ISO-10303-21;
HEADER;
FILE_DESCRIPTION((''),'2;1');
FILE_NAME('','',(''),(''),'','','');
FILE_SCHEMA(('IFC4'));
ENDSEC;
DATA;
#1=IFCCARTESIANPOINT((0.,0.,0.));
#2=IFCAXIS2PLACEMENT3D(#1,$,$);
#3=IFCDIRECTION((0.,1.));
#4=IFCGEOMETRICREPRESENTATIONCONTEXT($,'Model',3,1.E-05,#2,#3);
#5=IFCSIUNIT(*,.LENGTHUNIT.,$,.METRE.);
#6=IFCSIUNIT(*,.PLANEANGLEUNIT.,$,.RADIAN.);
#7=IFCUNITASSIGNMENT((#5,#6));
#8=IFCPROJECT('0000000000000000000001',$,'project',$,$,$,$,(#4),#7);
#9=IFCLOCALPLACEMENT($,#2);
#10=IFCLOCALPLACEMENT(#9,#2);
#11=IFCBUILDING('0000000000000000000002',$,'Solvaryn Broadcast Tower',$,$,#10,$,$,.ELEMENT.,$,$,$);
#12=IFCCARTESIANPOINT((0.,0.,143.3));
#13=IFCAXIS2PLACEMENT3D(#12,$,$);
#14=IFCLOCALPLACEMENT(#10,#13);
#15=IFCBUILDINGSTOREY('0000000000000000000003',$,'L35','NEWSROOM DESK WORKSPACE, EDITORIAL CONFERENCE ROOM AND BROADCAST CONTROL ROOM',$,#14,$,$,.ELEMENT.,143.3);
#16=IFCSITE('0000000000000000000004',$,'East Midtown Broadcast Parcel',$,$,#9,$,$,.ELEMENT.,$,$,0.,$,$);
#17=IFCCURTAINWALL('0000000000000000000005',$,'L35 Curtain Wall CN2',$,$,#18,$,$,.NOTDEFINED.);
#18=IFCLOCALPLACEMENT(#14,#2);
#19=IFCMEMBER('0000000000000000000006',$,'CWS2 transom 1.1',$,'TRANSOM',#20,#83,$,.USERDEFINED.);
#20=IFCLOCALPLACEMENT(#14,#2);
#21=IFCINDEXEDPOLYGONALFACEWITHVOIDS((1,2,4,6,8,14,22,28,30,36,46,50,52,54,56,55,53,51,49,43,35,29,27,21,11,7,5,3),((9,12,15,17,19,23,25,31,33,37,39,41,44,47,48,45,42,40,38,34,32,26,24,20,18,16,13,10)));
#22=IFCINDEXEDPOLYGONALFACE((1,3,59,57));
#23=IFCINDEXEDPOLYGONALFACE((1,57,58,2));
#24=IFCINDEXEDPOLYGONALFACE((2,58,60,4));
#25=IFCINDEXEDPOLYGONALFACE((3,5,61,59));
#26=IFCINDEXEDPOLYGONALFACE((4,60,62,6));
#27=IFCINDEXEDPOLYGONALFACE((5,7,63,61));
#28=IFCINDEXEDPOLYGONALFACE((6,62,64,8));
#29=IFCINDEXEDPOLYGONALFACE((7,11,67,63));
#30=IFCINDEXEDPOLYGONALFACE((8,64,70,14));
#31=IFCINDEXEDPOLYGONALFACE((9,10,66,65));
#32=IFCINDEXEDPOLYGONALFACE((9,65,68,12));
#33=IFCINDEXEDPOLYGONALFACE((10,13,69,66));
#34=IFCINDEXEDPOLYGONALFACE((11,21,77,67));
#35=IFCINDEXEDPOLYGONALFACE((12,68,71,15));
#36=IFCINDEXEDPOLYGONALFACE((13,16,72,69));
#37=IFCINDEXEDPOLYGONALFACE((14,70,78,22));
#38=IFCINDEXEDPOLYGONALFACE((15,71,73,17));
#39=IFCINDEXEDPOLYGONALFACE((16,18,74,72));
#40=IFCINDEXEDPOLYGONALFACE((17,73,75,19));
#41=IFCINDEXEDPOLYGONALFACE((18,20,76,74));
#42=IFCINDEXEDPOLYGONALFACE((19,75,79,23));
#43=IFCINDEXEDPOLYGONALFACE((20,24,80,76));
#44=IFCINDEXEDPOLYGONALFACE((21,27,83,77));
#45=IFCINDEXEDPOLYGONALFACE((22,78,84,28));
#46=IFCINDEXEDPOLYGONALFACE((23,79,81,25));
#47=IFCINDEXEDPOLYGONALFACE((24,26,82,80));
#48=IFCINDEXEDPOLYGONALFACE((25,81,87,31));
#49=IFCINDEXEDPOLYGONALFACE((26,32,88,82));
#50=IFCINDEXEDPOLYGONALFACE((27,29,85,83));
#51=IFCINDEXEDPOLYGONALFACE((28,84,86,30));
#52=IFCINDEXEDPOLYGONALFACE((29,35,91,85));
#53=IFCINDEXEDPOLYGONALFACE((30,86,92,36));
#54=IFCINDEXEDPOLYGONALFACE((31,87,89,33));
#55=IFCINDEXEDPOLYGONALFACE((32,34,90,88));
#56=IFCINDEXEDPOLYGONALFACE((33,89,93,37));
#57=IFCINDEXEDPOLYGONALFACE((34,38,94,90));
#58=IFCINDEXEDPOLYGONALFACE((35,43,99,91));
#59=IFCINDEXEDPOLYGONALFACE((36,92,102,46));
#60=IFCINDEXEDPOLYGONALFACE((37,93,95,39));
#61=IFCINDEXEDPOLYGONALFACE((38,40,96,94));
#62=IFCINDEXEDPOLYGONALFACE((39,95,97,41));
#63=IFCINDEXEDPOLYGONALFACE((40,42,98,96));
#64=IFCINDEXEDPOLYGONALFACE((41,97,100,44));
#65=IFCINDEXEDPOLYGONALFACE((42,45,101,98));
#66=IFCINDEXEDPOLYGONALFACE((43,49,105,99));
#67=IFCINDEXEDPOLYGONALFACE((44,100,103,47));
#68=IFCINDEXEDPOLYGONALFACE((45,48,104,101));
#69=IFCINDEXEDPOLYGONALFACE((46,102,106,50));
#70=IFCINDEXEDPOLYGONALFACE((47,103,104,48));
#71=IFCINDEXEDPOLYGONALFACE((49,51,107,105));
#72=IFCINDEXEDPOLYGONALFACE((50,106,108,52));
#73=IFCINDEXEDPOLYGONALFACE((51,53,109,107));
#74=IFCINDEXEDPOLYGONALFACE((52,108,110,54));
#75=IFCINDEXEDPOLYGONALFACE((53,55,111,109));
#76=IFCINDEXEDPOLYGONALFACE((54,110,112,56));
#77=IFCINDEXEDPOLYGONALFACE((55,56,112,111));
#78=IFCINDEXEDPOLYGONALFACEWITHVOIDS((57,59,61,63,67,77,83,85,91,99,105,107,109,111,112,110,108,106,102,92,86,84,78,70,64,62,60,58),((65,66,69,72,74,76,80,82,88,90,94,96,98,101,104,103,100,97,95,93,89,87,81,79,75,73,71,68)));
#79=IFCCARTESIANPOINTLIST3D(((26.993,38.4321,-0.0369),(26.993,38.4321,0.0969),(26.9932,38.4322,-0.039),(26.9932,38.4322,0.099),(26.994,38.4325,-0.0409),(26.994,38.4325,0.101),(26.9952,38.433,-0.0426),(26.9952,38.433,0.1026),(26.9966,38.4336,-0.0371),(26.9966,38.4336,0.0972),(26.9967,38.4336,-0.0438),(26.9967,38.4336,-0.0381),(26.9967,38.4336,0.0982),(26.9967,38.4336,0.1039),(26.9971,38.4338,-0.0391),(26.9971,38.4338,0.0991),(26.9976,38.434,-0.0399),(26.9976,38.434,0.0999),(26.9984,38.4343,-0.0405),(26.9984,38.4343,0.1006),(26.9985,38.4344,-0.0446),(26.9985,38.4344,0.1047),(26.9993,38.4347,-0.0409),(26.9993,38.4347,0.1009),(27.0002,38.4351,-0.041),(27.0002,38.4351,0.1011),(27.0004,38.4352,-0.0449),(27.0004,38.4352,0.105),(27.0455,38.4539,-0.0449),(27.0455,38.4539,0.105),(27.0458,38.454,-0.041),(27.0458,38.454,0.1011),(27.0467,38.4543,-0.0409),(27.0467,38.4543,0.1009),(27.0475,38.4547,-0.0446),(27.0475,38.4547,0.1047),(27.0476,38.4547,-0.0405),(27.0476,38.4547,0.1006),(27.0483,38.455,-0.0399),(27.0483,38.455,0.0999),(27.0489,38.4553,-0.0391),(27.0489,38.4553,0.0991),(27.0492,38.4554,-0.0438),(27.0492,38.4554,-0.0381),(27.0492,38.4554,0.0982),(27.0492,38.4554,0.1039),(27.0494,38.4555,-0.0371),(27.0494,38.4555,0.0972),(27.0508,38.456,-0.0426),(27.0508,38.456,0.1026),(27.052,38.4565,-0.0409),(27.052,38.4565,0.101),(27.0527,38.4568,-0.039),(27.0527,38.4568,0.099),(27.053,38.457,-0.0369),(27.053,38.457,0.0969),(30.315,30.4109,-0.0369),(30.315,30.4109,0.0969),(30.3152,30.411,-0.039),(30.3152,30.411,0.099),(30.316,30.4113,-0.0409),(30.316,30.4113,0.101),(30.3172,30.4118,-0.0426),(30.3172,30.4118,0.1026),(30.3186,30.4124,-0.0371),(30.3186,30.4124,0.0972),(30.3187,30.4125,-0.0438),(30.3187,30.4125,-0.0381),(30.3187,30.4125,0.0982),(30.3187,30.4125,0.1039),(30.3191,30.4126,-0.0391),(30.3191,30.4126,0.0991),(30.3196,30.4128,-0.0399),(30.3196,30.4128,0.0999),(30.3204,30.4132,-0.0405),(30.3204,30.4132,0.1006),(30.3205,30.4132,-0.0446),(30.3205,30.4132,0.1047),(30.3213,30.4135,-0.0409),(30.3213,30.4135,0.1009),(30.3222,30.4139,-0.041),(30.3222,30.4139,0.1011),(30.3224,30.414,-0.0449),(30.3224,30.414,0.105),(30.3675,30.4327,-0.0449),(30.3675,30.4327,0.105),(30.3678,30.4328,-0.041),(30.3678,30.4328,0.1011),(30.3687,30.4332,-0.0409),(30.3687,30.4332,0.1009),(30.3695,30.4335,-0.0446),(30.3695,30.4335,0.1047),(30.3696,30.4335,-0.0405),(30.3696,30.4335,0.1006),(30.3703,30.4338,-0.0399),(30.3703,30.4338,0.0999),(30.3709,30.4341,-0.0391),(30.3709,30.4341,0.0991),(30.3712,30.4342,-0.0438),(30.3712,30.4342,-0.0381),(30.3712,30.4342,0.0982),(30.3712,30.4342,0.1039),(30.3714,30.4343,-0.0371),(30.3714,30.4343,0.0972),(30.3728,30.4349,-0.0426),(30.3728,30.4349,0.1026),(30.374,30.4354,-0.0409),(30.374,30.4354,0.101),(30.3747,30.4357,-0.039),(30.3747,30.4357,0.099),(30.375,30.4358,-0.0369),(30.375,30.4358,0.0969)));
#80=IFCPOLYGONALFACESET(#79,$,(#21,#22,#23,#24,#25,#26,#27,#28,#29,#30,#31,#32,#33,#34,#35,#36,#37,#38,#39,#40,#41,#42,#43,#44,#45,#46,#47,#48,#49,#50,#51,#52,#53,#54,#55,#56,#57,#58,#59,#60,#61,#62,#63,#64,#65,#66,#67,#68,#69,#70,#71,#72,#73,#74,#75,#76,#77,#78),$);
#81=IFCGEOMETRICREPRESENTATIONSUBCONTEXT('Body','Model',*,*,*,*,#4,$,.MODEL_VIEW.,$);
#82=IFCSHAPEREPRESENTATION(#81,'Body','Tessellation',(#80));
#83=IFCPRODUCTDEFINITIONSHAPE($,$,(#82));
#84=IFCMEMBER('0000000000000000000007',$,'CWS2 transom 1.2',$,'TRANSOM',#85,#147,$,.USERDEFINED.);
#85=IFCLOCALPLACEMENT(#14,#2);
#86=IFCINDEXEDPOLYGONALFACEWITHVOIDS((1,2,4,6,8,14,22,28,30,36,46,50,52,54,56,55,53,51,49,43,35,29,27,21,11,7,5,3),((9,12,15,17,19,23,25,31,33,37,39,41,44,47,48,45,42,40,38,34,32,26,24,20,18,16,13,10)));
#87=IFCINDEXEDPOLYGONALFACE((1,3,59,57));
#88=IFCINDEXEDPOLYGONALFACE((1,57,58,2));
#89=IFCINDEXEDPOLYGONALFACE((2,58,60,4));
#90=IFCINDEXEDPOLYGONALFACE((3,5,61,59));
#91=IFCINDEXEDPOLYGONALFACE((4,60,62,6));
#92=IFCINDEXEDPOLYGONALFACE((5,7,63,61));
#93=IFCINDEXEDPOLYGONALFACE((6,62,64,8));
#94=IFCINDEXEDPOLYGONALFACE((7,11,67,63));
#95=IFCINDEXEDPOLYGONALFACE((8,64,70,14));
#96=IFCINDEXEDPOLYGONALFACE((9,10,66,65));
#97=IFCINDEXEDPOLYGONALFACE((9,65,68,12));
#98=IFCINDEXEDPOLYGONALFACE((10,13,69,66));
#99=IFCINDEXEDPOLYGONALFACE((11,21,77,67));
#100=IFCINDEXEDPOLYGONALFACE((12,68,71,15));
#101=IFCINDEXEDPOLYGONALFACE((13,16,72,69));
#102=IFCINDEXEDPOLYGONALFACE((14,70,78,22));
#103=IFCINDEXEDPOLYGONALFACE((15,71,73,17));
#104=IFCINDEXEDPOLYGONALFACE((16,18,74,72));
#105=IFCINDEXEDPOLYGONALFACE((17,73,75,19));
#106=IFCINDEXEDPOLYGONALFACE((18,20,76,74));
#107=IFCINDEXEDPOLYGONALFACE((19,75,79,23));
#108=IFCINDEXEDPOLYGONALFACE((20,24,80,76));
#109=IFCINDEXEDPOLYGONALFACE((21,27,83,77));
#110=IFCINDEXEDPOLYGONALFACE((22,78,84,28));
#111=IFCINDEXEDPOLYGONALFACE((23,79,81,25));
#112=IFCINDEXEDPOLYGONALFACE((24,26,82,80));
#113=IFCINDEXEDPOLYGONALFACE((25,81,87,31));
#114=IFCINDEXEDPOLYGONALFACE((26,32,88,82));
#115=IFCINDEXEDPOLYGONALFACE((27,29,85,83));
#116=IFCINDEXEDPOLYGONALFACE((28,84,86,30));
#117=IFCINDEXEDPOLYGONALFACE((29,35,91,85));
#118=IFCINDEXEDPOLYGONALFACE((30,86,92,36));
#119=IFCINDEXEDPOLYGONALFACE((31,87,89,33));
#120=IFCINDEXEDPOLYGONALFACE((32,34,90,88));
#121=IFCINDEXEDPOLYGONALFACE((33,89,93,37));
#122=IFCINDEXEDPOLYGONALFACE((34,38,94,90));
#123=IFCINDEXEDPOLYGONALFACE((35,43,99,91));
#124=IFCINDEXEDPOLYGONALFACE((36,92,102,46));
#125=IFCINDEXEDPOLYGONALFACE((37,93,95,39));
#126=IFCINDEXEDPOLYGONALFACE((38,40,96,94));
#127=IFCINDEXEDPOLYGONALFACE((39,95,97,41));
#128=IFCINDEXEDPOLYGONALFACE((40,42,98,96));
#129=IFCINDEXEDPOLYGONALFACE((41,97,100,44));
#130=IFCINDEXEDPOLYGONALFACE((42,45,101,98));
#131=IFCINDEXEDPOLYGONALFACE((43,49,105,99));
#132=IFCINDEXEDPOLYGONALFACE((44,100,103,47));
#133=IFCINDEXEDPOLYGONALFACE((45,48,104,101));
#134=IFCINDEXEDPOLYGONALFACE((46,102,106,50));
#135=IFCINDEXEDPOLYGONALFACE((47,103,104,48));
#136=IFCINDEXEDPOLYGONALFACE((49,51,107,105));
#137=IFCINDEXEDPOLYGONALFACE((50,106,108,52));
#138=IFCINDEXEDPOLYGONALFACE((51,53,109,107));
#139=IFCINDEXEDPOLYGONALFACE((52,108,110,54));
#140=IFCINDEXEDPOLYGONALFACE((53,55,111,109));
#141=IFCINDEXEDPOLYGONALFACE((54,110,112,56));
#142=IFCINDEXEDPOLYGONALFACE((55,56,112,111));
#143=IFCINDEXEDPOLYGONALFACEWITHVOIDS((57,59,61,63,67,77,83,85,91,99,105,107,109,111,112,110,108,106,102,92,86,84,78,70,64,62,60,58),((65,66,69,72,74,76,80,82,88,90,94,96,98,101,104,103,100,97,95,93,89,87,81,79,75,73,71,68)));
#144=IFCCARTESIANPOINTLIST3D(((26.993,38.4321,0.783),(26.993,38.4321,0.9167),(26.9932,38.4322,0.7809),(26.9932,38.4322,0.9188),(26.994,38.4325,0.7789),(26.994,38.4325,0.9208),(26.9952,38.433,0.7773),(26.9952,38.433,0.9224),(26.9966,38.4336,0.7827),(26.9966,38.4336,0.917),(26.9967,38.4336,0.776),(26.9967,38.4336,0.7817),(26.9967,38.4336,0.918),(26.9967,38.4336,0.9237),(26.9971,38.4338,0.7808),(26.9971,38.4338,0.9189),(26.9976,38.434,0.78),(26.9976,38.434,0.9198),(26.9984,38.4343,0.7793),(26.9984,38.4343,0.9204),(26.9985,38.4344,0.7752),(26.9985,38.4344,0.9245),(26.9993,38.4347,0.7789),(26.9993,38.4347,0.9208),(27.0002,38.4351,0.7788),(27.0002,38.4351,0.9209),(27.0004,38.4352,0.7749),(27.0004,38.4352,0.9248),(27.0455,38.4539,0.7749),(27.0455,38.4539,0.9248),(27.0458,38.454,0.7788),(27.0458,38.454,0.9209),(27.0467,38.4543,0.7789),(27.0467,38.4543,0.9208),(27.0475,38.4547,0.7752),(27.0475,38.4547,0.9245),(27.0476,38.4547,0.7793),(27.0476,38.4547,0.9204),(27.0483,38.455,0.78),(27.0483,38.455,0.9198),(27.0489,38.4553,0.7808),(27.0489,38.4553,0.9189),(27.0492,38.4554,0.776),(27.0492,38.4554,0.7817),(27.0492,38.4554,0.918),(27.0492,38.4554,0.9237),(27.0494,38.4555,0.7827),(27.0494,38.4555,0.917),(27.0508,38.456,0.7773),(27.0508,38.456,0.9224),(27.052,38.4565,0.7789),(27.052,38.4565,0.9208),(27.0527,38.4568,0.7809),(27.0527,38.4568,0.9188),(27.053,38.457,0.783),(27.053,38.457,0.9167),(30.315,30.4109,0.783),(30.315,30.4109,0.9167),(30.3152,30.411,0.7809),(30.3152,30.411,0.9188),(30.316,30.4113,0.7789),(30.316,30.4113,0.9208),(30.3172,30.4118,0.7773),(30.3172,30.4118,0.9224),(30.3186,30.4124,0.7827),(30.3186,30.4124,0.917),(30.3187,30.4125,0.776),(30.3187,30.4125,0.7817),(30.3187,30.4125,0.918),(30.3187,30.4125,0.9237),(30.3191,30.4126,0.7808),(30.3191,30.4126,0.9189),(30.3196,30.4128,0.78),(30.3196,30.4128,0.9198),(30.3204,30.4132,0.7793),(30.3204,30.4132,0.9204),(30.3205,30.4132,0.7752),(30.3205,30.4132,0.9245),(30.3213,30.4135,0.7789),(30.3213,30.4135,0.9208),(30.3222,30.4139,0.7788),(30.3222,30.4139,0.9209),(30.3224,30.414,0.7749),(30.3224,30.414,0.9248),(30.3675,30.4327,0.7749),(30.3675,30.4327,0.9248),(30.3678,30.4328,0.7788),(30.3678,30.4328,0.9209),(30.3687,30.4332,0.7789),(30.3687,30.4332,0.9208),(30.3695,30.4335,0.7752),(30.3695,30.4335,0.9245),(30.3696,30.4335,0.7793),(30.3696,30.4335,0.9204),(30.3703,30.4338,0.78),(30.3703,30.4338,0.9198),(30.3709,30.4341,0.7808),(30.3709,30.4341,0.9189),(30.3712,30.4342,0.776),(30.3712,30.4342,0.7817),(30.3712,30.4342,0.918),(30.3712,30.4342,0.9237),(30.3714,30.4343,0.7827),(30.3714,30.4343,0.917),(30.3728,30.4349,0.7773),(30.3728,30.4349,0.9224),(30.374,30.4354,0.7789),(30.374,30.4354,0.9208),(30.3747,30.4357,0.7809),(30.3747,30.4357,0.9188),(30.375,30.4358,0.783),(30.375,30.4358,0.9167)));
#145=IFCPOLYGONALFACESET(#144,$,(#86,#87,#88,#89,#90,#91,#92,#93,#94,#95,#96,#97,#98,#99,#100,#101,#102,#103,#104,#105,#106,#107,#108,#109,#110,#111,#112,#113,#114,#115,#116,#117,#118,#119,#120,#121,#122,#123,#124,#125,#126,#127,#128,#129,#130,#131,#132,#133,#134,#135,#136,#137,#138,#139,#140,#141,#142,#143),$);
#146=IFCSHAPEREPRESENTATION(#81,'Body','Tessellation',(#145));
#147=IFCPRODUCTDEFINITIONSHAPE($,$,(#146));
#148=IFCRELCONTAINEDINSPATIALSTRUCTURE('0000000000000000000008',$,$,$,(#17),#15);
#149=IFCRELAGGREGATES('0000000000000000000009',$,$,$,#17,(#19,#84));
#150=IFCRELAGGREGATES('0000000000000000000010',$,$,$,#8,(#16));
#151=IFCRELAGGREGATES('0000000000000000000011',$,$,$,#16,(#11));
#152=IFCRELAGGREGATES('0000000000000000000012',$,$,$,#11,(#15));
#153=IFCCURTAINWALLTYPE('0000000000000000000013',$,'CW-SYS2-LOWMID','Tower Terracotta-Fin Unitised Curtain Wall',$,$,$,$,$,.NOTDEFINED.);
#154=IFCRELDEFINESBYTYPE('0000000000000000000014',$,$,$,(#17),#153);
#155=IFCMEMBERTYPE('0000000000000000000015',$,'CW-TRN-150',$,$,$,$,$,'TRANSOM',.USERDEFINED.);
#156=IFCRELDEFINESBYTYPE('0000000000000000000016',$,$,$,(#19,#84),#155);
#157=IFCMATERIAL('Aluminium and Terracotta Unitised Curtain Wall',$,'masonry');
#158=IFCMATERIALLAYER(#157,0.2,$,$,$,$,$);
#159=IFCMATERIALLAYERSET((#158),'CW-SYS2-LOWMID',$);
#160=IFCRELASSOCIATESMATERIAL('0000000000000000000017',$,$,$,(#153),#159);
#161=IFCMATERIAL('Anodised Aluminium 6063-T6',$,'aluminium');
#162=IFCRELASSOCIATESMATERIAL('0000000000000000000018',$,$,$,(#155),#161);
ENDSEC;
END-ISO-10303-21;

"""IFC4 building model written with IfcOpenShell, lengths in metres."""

from ifc_helpers import new_model, si_unit, direction, frame, origin, origin_2d, place, context, subcontext, project, spatial, hollow_rectangle, extrude, material, layer, layer_set, material_profile, profile_set, type_object, element, aggregate, save


model = new_model("IFC4")

# Units and contexts
model_context = context("Model", 3, precision=1e-05, world=origin(), true_north=direction((0.0, 1.0)))
body_context = subcontext(model_context, "Body", "Model", "MODEL_VIEW")
ifc_project = project(units=[si_unit("LENGTHUNIT", "METRE"), si_unit("PLANEANGLEUNIT", "RADIAN")], contexts=[model_context])

# Site, building, storey
site_placement = place(None, origin())
site = spatial("IfcSite", under=ifc_project, at=site_placement, Name="East Midtown Broadcast Parcel", CompositionType="ELEMENT", RefElevation=0.0)
building_placement = place(site_placement, origin())
building = spatial("IfcBuilding", under=site, at=building_placement, Name="Solvaryn Broadcast Tower", CompositionType="ELEMENT")
storey_placement = place(building_placement, frame((0.0, 0.0, 143.3)))
storey = spatial("IfcBuildingStorey", under=building, at=storey_placement, Name="L35", Description="NEWSROOM DESK WORKSPACE, EDITORIAL CONFERENCE ROOM AND BROADCAST CONTROL ROOM", CompositionType="ELEMENT", Elevation=143.3)

# Shared definitions
ifc_material_1 = material(Name="Aluminium and Terracotta Unitised Curtain Wall", Category="masonry")
ifc_layer_1 = layer(ifc_material_1, 0.2)
ifc_layer_set_1 = layer_set([ifc_layer_1], Name="CW-SYS2-LOWMID")
curtain_wall_type = type_object("IfcCurtainWallType", Name="CW-SYS2-LOWMID", Description="Tower Terracotta-Fin Unitised Curtain Wall", PredefinedType="NOTDEFINED", material=ifc_layer_set_1)

# Curtain wall, members
curtain_wall_1_placement = place(storey_placement, origin())
curtain_wall_1 = element("IfcCurtainWall", 1, at=curtain_wall_1_placement, inside=storey, type_object=curtain_wall_type, Name="L35 Curtain Wall CN2", PredefinedType="NOTDEFINED")
ifc_material_2 = material(Name="Anodised Aluminium 6063-T6", Category="aluminium")
ifc_material_profile_1 = material_profile(ifc_material_2, hollow_rectangle(XDim=0.0649, YDim=0.1499, WallThickness=0.0039, InnerFilletRadius=0.0039, OuterFilletRadius=0.0081, at=origin_2d()))
ifc_profile_set_1 = profile_set([ifc_material_profile_1], Name="Anodised Aluminium 6063-T6")
member_type_1 = type_object("IfcMemberType", Name="CW-TRN-150", ElementType="TRANSOM", PredefinedType="USERDEFINED", material=ifc_profile_set_1)
member_1_placement = place(storey_placement, frame((30.345, 30.4233, 0.03), z_axis=(-0.382636, 0.923899, 0.0), x_axis=(-0.923899, -0.382636, 0.0)))
member_1 = element("IfcMember", 2, at=member_1_placement, type_object=member_type_1, Name="CWS2 transom 1.1", ObjectType="TRANSOM", PredefinedType="USERDEFINED", context=body_context, shape_type="SweptSolid", body=[
    extrude(hollow_rectangle(XDim=0.0649, YDim=0.1499, WallThickness=0.0039, InnerFilletRadius=0.0039, OuterFilletRadius=0.0081, at=origin_2d()), origin(), (0.0, 0.0, 1.0), 8.6819),
])
member_2_placement = place(storey_placement, frame((30.345, 30.4233, 0.8499), z_axis=(-0.382636, 0.923899, 0.0), x_axis=(-0.923899, -0.382636, 0.0)))
member_2 = element("IfcMember", 3, at=member_2_placement, type_object=member_type_1, Name="CWS2 transom 1.2", ObjectType="TRANSOM", PredefinedType="USERDEFINED", context=body_context, shape_type="SweptSolid", body=[
    extrude(hollow_rectangle(XDim=0.0649, YDim=0.1499, WallThickness=0.0039, InnerFilletRadius=0.0039, OuterFilletRadius=0.0081, at=origin_2d()), origin(), (0.0, 0.0, 1.0), 8.6819),
])

aggregate(curtain_wall_1, [member_1, member_2])

save(model, "model.ifc")
